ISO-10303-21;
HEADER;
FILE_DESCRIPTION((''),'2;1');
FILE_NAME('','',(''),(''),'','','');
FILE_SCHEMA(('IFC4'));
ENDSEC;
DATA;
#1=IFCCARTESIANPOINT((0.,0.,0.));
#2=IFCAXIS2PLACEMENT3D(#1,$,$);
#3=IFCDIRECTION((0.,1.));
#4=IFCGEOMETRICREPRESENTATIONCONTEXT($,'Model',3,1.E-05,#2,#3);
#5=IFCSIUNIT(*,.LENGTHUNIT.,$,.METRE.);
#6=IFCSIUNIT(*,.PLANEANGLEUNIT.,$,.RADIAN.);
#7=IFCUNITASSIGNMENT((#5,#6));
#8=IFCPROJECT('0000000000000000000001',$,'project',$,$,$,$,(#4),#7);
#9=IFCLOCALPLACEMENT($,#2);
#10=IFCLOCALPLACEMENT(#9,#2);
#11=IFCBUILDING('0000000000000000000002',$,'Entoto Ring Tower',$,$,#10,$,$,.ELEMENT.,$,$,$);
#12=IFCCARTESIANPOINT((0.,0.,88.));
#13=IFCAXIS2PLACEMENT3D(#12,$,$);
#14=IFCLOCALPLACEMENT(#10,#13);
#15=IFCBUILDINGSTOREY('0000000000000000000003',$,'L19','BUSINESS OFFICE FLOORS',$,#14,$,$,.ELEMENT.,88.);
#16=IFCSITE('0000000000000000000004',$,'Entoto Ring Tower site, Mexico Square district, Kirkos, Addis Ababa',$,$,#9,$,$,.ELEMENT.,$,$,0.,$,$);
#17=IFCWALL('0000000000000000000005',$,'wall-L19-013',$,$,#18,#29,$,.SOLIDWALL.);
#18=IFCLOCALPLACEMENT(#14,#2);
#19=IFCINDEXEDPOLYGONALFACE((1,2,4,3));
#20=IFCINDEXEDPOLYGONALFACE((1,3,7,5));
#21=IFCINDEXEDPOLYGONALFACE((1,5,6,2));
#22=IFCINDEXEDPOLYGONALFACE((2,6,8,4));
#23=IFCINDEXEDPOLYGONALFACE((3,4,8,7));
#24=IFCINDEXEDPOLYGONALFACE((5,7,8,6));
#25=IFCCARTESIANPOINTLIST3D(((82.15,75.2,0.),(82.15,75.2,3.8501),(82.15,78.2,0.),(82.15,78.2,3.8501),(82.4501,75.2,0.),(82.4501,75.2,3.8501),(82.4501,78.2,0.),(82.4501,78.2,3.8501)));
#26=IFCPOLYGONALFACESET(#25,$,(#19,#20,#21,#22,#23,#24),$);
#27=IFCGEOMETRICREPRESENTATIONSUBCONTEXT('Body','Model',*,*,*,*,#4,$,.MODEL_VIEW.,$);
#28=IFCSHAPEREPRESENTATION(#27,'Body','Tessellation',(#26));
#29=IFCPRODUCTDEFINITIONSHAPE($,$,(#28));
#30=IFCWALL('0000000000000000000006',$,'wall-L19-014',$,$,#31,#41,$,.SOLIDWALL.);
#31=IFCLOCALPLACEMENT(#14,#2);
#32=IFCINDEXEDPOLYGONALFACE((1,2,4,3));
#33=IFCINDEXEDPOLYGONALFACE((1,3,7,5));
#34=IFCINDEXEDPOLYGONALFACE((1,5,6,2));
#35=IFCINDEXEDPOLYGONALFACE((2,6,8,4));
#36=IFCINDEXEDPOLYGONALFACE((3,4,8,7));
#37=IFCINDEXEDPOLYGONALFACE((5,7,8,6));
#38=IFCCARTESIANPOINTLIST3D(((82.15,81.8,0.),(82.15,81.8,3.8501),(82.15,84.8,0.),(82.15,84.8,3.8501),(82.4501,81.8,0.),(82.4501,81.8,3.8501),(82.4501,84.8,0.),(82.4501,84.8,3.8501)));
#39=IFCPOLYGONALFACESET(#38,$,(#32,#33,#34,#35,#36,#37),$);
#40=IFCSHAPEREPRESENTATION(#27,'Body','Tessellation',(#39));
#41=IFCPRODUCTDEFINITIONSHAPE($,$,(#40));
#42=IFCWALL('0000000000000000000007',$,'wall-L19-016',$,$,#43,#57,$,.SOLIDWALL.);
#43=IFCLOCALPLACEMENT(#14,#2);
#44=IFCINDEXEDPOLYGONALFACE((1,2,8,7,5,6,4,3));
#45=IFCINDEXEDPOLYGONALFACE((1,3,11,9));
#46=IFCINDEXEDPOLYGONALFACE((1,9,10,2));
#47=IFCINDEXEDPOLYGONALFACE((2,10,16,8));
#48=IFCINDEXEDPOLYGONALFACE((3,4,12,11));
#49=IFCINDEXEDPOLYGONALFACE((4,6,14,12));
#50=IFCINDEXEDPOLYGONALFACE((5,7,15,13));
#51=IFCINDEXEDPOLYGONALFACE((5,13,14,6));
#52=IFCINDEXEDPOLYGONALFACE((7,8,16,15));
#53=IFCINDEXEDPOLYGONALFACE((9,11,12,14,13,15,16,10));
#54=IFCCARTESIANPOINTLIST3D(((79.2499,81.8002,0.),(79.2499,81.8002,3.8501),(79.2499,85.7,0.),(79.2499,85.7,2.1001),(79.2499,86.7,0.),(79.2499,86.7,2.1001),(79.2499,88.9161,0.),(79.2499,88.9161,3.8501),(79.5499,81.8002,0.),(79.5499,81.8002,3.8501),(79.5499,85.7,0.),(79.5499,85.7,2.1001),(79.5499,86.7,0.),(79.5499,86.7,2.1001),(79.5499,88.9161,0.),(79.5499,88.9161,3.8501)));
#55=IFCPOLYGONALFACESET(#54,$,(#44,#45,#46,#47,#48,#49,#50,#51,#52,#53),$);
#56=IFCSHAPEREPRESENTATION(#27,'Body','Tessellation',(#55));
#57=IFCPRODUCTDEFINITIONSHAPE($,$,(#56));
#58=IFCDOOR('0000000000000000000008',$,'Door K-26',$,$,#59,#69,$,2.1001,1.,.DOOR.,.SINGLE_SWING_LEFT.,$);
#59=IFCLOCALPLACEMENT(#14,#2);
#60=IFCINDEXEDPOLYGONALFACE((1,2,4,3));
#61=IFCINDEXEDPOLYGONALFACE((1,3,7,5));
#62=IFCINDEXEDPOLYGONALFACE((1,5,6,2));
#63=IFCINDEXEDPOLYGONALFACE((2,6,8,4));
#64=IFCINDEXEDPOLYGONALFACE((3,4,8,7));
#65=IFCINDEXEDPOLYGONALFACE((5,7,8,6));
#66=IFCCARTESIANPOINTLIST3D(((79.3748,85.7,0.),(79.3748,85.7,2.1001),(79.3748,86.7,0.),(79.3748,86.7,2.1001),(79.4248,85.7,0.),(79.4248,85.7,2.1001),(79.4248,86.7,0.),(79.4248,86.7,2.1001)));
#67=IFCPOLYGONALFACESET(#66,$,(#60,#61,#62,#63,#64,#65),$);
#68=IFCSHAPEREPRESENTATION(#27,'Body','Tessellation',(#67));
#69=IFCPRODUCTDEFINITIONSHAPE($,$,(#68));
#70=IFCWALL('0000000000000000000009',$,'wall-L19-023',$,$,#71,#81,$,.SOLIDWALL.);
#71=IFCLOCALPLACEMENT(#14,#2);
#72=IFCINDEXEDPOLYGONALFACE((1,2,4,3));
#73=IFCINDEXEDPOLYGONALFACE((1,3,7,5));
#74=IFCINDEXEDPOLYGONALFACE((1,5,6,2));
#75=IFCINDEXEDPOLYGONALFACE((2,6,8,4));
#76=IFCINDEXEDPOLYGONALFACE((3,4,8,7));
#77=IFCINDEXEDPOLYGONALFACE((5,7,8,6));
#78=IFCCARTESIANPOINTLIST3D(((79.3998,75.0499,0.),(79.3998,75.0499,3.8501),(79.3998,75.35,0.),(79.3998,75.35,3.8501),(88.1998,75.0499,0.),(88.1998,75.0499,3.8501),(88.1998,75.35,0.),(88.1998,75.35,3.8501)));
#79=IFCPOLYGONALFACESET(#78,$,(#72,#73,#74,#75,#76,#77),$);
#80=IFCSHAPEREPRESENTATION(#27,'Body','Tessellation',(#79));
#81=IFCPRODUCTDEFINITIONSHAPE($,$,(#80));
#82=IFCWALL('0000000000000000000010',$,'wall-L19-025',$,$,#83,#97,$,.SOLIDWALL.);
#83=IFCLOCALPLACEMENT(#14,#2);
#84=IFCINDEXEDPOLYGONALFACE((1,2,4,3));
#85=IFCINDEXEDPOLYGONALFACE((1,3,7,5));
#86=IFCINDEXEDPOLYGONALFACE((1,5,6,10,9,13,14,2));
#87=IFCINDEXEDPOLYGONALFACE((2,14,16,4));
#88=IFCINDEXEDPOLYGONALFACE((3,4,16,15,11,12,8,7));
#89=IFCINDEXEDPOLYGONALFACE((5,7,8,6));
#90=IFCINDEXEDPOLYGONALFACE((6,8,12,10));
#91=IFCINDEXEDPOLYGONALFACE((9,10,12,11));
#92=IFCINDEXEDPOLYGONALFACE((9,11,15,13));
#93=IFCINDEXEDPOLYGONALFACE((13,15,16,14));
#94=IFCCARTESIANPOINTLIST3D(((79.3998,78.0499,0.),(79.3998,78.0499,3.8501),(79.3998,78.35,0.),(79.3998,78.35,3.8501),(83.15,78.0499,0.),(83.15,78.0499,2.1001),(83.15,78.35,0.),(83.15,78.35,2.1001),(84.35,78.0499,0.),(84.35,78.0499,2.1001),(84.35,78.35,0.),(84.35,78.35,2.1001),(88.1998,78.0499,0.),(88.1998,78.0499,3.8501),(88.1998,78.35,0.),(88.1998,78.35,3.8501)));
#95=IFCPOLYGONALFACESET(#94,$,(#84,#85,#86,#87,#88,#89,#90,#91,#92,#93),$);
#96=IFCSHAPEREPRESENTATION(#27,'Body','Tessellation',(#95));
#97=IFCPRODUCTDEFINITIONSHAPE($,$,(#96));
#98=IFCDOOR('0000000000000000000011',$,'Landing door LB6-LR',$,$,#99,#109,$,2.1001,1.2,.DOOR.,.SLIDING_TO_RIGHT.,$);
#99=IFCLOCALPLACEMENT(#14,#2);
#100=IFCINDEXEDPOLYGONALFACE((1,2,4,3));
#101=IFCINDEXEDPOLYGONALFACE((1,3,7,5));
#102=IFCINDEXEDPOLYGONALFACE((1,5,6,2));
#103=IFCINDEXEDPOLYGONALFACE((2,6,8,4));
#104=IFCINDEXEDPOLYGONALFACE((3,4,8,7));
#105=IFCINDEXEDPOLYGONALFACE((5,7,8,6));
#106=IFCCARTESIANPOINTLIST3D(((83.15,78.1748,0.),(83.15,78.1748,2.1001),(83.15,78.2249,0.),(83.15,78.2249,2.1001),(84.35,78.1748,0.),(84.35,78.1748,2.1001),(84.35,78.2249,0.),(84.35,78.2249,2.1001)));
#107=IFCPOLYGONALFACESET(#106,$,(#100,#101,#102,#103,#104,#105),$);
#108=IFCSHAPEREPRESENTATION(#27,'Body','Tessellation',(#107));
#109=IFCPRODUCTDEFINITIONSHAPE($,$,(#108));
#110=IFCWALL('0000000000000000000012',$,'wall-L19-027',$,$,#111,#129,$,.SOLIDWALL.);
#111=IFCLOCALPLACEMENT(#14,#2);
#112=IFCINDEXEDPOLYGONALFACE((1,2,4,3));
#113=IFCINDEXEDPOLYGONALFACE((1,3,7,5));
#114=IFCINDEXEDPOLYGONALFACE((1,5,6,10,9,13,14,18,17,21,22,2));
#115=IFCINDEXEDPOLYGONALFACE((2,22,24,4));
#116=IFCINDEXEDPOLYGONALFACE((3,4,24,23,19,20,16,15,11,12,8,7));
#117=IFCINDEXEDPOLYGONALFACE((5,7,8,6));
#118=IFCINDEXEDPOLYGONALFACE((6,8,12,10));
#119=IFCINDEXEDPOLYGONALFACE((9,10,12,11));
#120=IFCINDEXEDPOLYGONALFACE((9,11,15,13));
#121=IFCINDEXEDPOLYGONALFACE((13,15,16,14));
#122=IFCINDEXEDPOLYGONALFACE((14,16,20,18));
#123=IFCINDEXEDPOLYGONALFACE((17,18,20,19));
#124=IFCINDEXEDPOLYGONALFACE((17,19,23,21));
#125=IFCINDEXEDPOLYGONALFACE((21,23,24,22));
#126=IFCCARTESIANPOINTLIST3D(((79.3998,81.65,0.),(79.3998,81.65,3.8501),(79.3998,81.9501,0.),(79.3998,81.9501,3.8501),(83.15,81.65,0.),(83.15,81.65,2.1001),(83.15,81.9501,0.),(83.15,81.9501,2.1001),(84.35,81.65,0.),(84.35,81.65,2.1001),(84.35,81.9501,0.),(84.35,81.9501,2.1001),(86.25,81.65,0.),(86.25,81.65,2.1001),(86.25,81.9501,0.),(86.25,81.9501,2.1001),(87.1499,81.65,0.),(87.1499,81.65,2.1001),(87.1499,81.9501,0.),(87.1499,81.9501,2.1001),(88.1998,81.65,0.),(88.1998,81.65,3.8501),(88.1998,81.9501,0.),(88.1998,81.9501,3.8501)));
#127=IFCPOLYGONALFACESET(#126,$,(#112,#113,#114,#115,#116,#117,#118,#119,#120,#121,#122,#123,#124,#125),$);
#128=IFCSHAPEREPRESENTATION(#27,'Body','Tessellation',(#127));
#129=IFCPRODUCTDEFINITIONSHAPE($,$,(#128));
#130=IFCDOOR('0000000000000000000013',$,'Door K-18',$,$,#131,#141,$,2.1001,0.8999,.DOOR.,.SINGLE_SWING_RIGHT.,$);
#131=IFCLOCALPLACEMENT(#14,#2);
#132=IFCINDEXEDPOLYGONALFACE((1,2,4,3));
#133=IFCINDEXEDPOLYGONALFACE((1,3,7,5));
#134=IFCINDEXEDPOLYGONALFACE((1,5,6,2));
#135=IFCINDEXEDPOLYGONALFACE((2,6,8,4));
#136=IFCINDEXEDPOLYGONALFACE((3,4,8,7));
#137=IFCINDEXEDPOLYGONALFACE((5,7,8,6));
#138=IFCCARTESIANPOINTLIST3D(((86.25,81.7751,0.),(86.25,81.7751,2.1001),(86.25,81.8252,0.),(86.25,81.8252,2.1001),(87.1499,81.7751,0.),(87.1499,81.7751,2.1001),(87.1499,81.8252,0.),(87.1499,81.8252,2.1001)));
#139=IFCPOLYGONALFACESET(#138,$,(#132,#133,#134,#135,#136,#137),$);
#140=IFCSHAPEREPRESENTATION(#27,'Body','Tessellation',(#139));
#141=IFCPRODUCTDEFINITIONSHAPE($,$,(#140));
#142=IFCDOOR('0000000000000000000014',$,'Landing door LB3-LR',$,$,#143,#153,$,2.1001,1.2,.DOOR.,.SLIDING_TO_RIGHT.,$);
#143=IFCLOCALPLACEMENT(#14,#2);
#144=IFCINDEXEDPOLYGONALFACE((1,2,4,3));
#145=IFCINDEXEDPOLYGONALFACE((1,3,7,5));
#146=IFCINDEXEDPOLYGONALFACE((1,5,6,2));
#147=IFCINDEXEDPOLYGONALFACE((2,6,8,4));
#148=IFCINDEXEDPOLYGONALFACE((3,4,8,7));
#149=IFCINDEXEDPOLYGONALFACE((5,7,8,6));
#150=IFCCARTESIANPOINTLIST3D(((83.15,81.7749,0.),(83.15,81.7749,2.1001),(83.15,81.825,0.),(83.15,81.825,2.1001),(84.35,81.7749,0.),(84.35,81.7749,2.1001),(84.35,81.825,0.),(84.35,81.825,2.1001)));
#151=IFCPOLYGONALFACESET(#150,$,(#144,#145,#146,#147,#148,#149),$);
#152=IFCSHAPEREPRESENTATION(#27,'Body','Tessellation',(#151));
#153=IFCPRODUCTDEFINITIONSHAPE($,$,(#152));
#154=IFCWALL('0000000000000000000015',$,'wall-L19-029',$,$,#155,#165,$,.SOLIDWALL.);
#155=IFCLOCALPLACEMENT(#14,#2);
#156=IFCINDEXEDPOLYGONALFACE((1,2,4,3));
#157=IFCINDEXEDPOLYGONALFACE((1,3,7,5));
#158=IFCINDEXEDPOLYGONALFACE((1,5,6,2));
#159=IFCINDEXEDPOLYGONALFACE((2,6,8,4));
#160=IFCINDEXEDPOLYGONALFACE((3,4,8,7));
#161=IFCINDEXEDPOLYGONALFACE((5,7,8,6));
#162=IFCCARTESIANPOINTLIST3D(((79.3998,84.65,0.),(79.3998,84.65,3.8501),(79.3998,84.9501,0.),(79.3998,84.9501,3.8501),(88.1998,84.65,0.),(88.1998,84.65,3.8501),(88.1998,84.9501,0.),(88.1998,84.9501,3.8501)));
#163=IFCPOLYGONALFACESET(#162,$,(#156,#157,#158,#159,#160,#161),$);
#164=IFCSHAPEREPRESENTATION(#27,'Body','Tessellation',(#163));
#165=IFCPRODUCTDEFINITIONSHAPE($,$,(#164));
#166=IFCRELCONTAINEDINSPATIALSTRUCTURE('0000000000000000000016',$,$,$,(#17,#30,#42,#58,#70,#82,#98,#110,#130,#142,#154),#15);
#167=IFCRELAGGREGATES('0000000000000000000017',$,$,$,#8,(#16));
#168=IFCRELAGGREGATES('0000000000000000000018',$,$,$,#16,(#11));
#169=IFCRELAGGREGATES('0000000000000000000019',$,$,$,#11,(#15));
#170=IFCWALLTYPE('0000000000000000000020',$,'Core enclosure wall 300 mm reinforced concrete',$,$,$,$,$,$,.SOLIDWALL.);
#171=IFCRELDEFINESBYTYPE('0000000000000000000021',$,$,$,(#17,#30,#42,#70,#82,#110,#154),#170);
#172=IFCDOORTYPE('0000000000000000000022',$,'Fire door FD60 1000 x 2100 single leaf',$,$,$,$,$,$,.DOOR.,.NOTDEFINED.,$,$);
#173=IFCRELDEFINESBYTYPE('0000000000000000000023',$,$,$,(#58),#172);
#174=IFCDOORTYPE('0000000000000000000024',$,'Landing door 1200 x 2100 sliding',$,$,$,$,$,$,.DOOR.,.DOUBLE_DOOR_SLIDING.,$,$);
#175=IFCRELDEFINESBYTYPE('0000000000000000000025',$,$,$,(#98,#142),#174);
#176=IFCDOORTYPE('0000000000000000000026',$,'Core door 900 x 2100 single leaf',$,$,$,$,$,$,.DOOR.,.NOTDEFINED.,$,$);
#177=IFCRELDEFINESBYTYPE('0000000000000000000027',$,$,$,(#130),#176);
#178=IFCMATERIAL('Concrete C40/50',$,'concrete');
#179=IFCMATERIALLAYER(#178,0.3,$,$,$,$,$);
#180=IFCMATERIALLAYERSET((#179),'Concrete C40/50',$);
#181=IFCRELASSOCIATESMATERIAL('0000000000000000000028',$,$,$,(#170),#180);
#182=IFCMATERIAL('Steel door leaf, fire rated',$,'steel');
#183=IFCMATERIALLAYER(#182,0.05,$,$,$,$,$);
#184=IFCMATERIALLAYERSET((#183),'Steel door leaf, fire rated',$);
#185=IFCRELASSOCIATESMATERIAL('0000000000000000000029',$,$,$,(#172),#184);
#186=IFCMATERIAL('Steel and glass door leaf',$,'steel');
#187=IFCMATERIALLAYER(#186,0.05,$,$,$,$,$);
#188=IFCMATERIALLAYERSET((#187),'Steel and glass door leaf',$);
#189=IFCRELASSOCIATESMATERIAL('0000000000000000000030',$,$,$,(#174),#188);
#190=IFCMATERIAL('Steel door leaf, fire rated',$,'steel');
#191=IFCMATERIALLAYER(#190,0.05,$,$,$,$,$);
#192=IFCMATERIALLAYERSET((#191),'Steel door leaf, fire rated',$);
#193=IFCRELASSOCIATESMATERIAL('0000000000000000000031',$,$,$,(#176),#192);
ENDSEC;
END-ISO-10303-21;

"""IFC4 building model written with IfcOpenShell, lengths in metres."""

from ifc_helpers import new_model, si_unit, direction, frame, frame_2d, origin, place, context, subcontext, project, spatial, rectangle, extrude, material, layer, layer_set, type_object, element, fill, save


model = new_model("IFC4")

# Units and contexts
model_context = context("Model", 3, precision=1e-05, world=origin(), true_north=direction((0.0, 1.0)))
body_context = subcontext(model_context, "Body", "Model", "MODEL_VIEW")
ifc_project = project(units=[si_unit("LENGTHUNIT", "METRE"), si_unit("PLANEANGLEUNIT", "RADIAN")], contexts=[model_context])

# Site, building, storey
site_placement = place(None, origin())
site = spatial("IfcSite", under=ifc_project, at=site_placement, Name="Entoto Ring Tower site, Mexico Square district, Kirkos, Addis Ababa", CompositionType="ELEMENT", RefElevation=0.0)
building_placement = place(site_placement, origin())
building = spatial("IfcBuilding", under=site, at=building_placement, Name="Entoto Ring Tower", CompositionType="ELEMENT")
storey_placement = place(building_placement, frame((0.0, 0.0, 88.0)))
storey = spatial("IfcBuildingStorey", under=building, at=storey_placement, Name="L19", Description="BUSINESS OFFICE FLOORS", CompositionType="ELEMENT", Elevation=88.0)

# Walls
ifc_material_1 = material(Name="Concrete C40/50", Category="concrete")
ifc_layer_1 = layer(ifc_material_1, 0.3)
ifc_layer_set_1 = layer_set([ifc_layer_1], Name="Concrete C40/50")
wall_type_1 = type_object("IfcWallType", Name="Core enclosure wall 300 mm reinforced concrete", PredefinedType="SOLIDWALL", material=ifc_layer_set_1)
for number, where, z_axis, x_axis, name in (
    (1, (82.3, 75.2, 0.0), (0.0, 0.0, 1.0), (0.0, 1.0, 0.0), "wall-L19-013"),
    (2, (82.3, 81.8, 0.0), (0.0, 0.0, 1.0), (0.0, 1.0, 0.0), "wall-L19-014"),
):
    element("IfcWall", number, at=place(storey_placement, frame(where, z_axis=z_axis, x_axis=x_axis)), inside=storey, type_object=wall_type_1, Name=name, PredefinedType="SOLIDWALL", context=body_context, shape_type="SweptSolid", body=[
        extrude(rectangle(XDim=3.0, YDim=0.3, at=frame_2d((1.5, 0.0))), origin(), (0.0, 0.0, 1.0), 3.8501),
    ])

# Wall, opening, door
wall_1_placement = place(storey_placement, frame((79.3999, 81.8, 0.0), z_axis=(0.0, 0.0, 1.0), x_axis=(0.0, 1.0, 0.0)))
wall_1 = element("IfcWall", 3, at=wall_1_placement, inside=storey, type_object=wall_type_1, Name="wall-L19-016", PredefinedType="SOLIDWALL", context=body_context, shape_type="SweptSolid", body=[
    extrude(rectangle(XDim=7.116, YDim=0.3, at=frame_2d((3.5581, 0.0))), origin(), (0.0, 0.0, 1.0), 3.8501),
])
opening_1_placement = place(wall_1_placement, frame((3.8999, 0.0, 0.0)))
opening_1 = element("IfcOpeningElement", 4, at=opening_1_placement, cuts=wall_1, PredefinedType="OPENING", context=body_context, shape_type="SweptSolid", body=[
    extrude(rectangle(XDim=1.0, YDim=2.1001, at=frame_2d((0.5, 1.05))), frame((0.0, 0.1602, 0.0), z_axis=(0.0, -1.0, 0.0), x_axis=(1.0, 0.0, 0.0)), (0.0, 0.0, 1.0), 0.3201),
])
ifc_material_2 = material(Name="Steel door leaf, fire rated", Category="steel")
ifc_layer_2 = layer(ifc_material_2, 0.05)
ifc_layer_set_2 = layer_set([ifc_layer_2], Name="Steel door leaf, fire rated")
door_type_1 = type_object("IfcDoorType", Name="Fire door FD60 1000 x 2100 single leaf", OperationType="NOTDEFINED", PredefinedType="DOOR", material=ifc_layer_set_2)
door_1_placement = place(opening_1_placement, frame((1.0, 0.0, 0.0), z_axis=(0.0, 0.0, 1.0), x_axis=(-1.0, 0.0, 0.0)))
door_1 = element("IfcDoor", 5, at=door_1_placement, inside=storey, type_object=door_type_1, Name="Door K-26", OperationType="SINGLE_SWING_LEFT", OverallHeight=2.1001, OverallWidth=1.0, PredefinedType="DOOR", context=body_context, shape_type="SweptSolid", body=[
    extrude(rectangle(XDim=1.0, YDim=2.1001, at=frame_2d((0.5, 1.05))), frame((0.0, 0.0249, 0.0), z_axis=(0.0, -1.0, 0.0), x_axis=(1.0, 0.0, 0.0)), (0.0, 0.0, 1.0), 0.05),
])
fill(opening_1, door_1)

# Wall
wall_2_placement = place(storey_placement, frame((79.3999, 75.2, 0.0), z_axis=(0.0, 0.0, 1.0), x_axis=(1.0, 0.0, 0.0)))
element("IfcWall", 6, at=wall_2_placement, inside=storey, type_object=wall_type_1, Name="wall-L19-023", PredefinedType="SOLIDWALL", context=body_context, shape_type="SweptSolid", body=[
    extrude(rectangle(XDim=8.8, YDim=0.3, at=frame_2d((4.3999, 0.0))), origin(), (0.0, 0.0, 1.0), 3.8501),
])

# Wall, opening, door
wall_3_placement = place(storey_placement, frame((79.3999, 78.2, 0.0), z_axis=(0.0, 0.0, 1.0), x_axis=(1.0, 0.0, 0.0)))
wall_3 = element("IfcWall", 7, at=wall_3_placement, inside=storey, type_object=wall_type_1, Name="wall-L19-025", PredefinedType="SOLIDWALL", context=body_context, shape_type="SweptSolid", body=[
    extrude(rectangle(XDim=8.8, YDim=0.3, at=frame_2d((4.3999, 0.0))), origin(), (0.0, 0.0, 1.0), 3.8501),
])
opening_2_placement = place(wall_3_placement, frame((3.75, 0.0, 0.0)))
opening_2 = element("IfcOpeningElement", 8, at=opening_2_placement, cuts=wall_3, PredefinedType="OPENING", context=body_context, shape_type="SweptSolid", body=[
    extrude(rectangle(XDim=1.2, YDim=2.1001, at=frame_2d((0.6001, 1.05))), frame((0.0, 0.1602, 0.0), z_axis=(0.0, -1.0, 0.0), x_axis=(1.0, 0.0, 0.0)), (0.0, 0.0, 1.0), 0.3201),
])
ifc_material_3 = material(Name="Steel and glass door leaf", Category="steel")
ifc_layer_3 = layer(ifc_material_3, 0.05)
ifc_layer_set_3 = layer_set([ifc_layer_3], Name="Steel and glass door leaf")
door_type_2 = type_object("IfcDoorType", Name="Landing door 1200 x 2100 sliding", OperationType="DOUBLE_DOOR_SLIDING", PredefinedType="DOOR", material=ifc_layer_set_3)
door_2_placement = place(opening_2_placement, origin())
door_2 = element("IfcDoor", 9, at=door_2_placement, inside=storey, type_object=door_type_2, Name="Landing door LB6-LR", OperationType="SLIDING_TO_RIGHT", OverallHeight=2.1001, OverallWidth=1.2, PredefinedType="DOOR", context=body_context, shape_type="SweptSolid", body=[
    extrude(rectangle(XDim=1.2, YDim=2.1001, at=frame_2d((0.6001, 1.05))), frame((0.0, 0.0249, 0.0), z_axis=(0.0, -1.0, 0.0), x_axis=(1.0, 0.0, 0.0)), (0.0, 0.0, 1.0), 0.05),
])
fill(opening_2, door_2)

# Wall, openings, doors
wall_4_placement = place(storey_placement, frame((79.3999, 81.8, 0.0), z_axis=(0.0, 0.0, 1.0), x_axis=(1.0, 0.0, 0.0)))
wall_4 = element("IfcWall", 10, at=wall_4_placement, inside=storey, type_object=wall_type_1, Name="wall-L19-027", PredefinedType="SOLIDWALL", context=body_context, shape_type="SweptSolid", body=[
    extrude(rectangle(XDim=8.8, YDim=0.3, at=frame_2d((4.3999, 0.0))), origin(), (0.0, 0.0, 1.0), 3.8501),
])
opening_3_placement = place(wall_4_placement, frame((3.75, 0.0, 0.0)))
opening_3 = element("IfcOpeningElement", 11, at=opening_3_placement, cuts=wall_4, PredefinedType="OPENING", context=body_context, shape_type="SweptSolid", body=[
    extrude(rectangle(XDim=1.2, YDim=2.1001, at=frame_2d((0.6001, 1.05))), frame((0.0, 0.1602, 0.0), z_axis=(0.0, -1.0, 0.0), x_axis=(1.0, 0.0, 0.0)), (0.0, 0.0, 1.0), 0.3201),
])
opening_4_placement = place(wall_4_placement, frame((6.8501, 0.0, 0.0)))
opening_4 = element("IfcOpeningElement", 12, at=opening_4_placement, cuts=wall_4, PredefinedType="OPENING", context=body_context, shape_type="SweptSolid", body=[
    extrude(rectangle(XDim=0.8999, YDim=2.1001, at=frame_2d((0.45, 1.05))), frame((0.0, 0.1602, 0.0), z_axis=(0.0, -1.0, 0.0), x_axis=(1.0, 0.0, 0.0)), (0.0, 0.0, 1.0), 0.3201),
])
ifc_material_4 = material(Name="Steel door leaf, fire rated", Category="steel")
ifc_layer_4 = layer(ifc_material_4, 0.05)
ifc_layer_set_4 = layer_set([ifc_layer_4], Name="Steel door leaf, fire rated")
door_type_3 = type_object("IfcDoorType", Name="Core door 900 x 2100 single leaf", OperationType="NOTDEFINED", PredefinedType="DOOR", material=ifc_layer_set_4)
door_3_placement = place(opening_4_placement, frame((0.8999, 0.0, 0.0), z_axis=(0.0, 0.0, 1.0), x_axis=(-1.0, 0.0, 0.0)))
door_3 = element("IfcDoor", 13, at=door_3_placement, inside=storey, type_object=door_type_3, Name="Door K-18", OperationType="SINGLE_SWING_RIGHT", OverallHeight=2.1001, OverallWidth=0.8999, PredefinedType="DOOR", context=body_context, shape_type="SweptSolid", body=[
    extrude(rectangle(XDim=0.8999, YDim=2.1001, at=frame_2d((0.45, 1.05))), frame((0.0, 0.0249, 0.0), z_axis=(0.0, -1.0, 0.0), x_axis=(1.0, 0.0, 0.0)), (0.0, 0.0, 1.0), 0.05),
])
fill(opening_4, door_3)
door_4_placement = place(opening_3_placement, origin())
door_4 = element("IfcDoor", 14, at=door_4_placement, inside=storey, type_object=door_type_2, Name="Landing door LB3-LR", OperationType="SLIDING_TO_RIGHT", OverallHeight=2.1001, OverallWidth=1.2, PredefinedType="DOOR", context=body_context, shape_type="SweptSolid", body=[
    extrude(rectangle(XDim=1.2, YDim=2.1001, at=frame_2d((0.6001, 1.05))), frame((0.0, 0.0249, 0.0), z_axis=(0.0, -1.0, 0.0), x_axis=(1.0, 0.0, 0.0)), (0.0, 0.0, 1.0), 0.05),
])
fill(opening_3, door_4)

# Wall
wall_5_placement = place(storey_placement, frame((79.3999, 84.8, 0.0), z_axis=(0.0, 0.0, 1.0), x_axis=(1.0, 0.0, 0.0)))
element("IfcWall", 15, at=wall_5_placement, inside=storey, type_object=wall_type_1, Name="wall-L19-029", PredefinedType="SOLIDWALL", context=body_context, shape_type="SweptSolid", body=[
    extrude(rectangle(XDim=8.8, YDim=0.3, at=frame_2d((4.3999, 0.0))), origin(), (0.0, 0.0, 1.0), 3.8501),
])

save(model, "model.ifc")
